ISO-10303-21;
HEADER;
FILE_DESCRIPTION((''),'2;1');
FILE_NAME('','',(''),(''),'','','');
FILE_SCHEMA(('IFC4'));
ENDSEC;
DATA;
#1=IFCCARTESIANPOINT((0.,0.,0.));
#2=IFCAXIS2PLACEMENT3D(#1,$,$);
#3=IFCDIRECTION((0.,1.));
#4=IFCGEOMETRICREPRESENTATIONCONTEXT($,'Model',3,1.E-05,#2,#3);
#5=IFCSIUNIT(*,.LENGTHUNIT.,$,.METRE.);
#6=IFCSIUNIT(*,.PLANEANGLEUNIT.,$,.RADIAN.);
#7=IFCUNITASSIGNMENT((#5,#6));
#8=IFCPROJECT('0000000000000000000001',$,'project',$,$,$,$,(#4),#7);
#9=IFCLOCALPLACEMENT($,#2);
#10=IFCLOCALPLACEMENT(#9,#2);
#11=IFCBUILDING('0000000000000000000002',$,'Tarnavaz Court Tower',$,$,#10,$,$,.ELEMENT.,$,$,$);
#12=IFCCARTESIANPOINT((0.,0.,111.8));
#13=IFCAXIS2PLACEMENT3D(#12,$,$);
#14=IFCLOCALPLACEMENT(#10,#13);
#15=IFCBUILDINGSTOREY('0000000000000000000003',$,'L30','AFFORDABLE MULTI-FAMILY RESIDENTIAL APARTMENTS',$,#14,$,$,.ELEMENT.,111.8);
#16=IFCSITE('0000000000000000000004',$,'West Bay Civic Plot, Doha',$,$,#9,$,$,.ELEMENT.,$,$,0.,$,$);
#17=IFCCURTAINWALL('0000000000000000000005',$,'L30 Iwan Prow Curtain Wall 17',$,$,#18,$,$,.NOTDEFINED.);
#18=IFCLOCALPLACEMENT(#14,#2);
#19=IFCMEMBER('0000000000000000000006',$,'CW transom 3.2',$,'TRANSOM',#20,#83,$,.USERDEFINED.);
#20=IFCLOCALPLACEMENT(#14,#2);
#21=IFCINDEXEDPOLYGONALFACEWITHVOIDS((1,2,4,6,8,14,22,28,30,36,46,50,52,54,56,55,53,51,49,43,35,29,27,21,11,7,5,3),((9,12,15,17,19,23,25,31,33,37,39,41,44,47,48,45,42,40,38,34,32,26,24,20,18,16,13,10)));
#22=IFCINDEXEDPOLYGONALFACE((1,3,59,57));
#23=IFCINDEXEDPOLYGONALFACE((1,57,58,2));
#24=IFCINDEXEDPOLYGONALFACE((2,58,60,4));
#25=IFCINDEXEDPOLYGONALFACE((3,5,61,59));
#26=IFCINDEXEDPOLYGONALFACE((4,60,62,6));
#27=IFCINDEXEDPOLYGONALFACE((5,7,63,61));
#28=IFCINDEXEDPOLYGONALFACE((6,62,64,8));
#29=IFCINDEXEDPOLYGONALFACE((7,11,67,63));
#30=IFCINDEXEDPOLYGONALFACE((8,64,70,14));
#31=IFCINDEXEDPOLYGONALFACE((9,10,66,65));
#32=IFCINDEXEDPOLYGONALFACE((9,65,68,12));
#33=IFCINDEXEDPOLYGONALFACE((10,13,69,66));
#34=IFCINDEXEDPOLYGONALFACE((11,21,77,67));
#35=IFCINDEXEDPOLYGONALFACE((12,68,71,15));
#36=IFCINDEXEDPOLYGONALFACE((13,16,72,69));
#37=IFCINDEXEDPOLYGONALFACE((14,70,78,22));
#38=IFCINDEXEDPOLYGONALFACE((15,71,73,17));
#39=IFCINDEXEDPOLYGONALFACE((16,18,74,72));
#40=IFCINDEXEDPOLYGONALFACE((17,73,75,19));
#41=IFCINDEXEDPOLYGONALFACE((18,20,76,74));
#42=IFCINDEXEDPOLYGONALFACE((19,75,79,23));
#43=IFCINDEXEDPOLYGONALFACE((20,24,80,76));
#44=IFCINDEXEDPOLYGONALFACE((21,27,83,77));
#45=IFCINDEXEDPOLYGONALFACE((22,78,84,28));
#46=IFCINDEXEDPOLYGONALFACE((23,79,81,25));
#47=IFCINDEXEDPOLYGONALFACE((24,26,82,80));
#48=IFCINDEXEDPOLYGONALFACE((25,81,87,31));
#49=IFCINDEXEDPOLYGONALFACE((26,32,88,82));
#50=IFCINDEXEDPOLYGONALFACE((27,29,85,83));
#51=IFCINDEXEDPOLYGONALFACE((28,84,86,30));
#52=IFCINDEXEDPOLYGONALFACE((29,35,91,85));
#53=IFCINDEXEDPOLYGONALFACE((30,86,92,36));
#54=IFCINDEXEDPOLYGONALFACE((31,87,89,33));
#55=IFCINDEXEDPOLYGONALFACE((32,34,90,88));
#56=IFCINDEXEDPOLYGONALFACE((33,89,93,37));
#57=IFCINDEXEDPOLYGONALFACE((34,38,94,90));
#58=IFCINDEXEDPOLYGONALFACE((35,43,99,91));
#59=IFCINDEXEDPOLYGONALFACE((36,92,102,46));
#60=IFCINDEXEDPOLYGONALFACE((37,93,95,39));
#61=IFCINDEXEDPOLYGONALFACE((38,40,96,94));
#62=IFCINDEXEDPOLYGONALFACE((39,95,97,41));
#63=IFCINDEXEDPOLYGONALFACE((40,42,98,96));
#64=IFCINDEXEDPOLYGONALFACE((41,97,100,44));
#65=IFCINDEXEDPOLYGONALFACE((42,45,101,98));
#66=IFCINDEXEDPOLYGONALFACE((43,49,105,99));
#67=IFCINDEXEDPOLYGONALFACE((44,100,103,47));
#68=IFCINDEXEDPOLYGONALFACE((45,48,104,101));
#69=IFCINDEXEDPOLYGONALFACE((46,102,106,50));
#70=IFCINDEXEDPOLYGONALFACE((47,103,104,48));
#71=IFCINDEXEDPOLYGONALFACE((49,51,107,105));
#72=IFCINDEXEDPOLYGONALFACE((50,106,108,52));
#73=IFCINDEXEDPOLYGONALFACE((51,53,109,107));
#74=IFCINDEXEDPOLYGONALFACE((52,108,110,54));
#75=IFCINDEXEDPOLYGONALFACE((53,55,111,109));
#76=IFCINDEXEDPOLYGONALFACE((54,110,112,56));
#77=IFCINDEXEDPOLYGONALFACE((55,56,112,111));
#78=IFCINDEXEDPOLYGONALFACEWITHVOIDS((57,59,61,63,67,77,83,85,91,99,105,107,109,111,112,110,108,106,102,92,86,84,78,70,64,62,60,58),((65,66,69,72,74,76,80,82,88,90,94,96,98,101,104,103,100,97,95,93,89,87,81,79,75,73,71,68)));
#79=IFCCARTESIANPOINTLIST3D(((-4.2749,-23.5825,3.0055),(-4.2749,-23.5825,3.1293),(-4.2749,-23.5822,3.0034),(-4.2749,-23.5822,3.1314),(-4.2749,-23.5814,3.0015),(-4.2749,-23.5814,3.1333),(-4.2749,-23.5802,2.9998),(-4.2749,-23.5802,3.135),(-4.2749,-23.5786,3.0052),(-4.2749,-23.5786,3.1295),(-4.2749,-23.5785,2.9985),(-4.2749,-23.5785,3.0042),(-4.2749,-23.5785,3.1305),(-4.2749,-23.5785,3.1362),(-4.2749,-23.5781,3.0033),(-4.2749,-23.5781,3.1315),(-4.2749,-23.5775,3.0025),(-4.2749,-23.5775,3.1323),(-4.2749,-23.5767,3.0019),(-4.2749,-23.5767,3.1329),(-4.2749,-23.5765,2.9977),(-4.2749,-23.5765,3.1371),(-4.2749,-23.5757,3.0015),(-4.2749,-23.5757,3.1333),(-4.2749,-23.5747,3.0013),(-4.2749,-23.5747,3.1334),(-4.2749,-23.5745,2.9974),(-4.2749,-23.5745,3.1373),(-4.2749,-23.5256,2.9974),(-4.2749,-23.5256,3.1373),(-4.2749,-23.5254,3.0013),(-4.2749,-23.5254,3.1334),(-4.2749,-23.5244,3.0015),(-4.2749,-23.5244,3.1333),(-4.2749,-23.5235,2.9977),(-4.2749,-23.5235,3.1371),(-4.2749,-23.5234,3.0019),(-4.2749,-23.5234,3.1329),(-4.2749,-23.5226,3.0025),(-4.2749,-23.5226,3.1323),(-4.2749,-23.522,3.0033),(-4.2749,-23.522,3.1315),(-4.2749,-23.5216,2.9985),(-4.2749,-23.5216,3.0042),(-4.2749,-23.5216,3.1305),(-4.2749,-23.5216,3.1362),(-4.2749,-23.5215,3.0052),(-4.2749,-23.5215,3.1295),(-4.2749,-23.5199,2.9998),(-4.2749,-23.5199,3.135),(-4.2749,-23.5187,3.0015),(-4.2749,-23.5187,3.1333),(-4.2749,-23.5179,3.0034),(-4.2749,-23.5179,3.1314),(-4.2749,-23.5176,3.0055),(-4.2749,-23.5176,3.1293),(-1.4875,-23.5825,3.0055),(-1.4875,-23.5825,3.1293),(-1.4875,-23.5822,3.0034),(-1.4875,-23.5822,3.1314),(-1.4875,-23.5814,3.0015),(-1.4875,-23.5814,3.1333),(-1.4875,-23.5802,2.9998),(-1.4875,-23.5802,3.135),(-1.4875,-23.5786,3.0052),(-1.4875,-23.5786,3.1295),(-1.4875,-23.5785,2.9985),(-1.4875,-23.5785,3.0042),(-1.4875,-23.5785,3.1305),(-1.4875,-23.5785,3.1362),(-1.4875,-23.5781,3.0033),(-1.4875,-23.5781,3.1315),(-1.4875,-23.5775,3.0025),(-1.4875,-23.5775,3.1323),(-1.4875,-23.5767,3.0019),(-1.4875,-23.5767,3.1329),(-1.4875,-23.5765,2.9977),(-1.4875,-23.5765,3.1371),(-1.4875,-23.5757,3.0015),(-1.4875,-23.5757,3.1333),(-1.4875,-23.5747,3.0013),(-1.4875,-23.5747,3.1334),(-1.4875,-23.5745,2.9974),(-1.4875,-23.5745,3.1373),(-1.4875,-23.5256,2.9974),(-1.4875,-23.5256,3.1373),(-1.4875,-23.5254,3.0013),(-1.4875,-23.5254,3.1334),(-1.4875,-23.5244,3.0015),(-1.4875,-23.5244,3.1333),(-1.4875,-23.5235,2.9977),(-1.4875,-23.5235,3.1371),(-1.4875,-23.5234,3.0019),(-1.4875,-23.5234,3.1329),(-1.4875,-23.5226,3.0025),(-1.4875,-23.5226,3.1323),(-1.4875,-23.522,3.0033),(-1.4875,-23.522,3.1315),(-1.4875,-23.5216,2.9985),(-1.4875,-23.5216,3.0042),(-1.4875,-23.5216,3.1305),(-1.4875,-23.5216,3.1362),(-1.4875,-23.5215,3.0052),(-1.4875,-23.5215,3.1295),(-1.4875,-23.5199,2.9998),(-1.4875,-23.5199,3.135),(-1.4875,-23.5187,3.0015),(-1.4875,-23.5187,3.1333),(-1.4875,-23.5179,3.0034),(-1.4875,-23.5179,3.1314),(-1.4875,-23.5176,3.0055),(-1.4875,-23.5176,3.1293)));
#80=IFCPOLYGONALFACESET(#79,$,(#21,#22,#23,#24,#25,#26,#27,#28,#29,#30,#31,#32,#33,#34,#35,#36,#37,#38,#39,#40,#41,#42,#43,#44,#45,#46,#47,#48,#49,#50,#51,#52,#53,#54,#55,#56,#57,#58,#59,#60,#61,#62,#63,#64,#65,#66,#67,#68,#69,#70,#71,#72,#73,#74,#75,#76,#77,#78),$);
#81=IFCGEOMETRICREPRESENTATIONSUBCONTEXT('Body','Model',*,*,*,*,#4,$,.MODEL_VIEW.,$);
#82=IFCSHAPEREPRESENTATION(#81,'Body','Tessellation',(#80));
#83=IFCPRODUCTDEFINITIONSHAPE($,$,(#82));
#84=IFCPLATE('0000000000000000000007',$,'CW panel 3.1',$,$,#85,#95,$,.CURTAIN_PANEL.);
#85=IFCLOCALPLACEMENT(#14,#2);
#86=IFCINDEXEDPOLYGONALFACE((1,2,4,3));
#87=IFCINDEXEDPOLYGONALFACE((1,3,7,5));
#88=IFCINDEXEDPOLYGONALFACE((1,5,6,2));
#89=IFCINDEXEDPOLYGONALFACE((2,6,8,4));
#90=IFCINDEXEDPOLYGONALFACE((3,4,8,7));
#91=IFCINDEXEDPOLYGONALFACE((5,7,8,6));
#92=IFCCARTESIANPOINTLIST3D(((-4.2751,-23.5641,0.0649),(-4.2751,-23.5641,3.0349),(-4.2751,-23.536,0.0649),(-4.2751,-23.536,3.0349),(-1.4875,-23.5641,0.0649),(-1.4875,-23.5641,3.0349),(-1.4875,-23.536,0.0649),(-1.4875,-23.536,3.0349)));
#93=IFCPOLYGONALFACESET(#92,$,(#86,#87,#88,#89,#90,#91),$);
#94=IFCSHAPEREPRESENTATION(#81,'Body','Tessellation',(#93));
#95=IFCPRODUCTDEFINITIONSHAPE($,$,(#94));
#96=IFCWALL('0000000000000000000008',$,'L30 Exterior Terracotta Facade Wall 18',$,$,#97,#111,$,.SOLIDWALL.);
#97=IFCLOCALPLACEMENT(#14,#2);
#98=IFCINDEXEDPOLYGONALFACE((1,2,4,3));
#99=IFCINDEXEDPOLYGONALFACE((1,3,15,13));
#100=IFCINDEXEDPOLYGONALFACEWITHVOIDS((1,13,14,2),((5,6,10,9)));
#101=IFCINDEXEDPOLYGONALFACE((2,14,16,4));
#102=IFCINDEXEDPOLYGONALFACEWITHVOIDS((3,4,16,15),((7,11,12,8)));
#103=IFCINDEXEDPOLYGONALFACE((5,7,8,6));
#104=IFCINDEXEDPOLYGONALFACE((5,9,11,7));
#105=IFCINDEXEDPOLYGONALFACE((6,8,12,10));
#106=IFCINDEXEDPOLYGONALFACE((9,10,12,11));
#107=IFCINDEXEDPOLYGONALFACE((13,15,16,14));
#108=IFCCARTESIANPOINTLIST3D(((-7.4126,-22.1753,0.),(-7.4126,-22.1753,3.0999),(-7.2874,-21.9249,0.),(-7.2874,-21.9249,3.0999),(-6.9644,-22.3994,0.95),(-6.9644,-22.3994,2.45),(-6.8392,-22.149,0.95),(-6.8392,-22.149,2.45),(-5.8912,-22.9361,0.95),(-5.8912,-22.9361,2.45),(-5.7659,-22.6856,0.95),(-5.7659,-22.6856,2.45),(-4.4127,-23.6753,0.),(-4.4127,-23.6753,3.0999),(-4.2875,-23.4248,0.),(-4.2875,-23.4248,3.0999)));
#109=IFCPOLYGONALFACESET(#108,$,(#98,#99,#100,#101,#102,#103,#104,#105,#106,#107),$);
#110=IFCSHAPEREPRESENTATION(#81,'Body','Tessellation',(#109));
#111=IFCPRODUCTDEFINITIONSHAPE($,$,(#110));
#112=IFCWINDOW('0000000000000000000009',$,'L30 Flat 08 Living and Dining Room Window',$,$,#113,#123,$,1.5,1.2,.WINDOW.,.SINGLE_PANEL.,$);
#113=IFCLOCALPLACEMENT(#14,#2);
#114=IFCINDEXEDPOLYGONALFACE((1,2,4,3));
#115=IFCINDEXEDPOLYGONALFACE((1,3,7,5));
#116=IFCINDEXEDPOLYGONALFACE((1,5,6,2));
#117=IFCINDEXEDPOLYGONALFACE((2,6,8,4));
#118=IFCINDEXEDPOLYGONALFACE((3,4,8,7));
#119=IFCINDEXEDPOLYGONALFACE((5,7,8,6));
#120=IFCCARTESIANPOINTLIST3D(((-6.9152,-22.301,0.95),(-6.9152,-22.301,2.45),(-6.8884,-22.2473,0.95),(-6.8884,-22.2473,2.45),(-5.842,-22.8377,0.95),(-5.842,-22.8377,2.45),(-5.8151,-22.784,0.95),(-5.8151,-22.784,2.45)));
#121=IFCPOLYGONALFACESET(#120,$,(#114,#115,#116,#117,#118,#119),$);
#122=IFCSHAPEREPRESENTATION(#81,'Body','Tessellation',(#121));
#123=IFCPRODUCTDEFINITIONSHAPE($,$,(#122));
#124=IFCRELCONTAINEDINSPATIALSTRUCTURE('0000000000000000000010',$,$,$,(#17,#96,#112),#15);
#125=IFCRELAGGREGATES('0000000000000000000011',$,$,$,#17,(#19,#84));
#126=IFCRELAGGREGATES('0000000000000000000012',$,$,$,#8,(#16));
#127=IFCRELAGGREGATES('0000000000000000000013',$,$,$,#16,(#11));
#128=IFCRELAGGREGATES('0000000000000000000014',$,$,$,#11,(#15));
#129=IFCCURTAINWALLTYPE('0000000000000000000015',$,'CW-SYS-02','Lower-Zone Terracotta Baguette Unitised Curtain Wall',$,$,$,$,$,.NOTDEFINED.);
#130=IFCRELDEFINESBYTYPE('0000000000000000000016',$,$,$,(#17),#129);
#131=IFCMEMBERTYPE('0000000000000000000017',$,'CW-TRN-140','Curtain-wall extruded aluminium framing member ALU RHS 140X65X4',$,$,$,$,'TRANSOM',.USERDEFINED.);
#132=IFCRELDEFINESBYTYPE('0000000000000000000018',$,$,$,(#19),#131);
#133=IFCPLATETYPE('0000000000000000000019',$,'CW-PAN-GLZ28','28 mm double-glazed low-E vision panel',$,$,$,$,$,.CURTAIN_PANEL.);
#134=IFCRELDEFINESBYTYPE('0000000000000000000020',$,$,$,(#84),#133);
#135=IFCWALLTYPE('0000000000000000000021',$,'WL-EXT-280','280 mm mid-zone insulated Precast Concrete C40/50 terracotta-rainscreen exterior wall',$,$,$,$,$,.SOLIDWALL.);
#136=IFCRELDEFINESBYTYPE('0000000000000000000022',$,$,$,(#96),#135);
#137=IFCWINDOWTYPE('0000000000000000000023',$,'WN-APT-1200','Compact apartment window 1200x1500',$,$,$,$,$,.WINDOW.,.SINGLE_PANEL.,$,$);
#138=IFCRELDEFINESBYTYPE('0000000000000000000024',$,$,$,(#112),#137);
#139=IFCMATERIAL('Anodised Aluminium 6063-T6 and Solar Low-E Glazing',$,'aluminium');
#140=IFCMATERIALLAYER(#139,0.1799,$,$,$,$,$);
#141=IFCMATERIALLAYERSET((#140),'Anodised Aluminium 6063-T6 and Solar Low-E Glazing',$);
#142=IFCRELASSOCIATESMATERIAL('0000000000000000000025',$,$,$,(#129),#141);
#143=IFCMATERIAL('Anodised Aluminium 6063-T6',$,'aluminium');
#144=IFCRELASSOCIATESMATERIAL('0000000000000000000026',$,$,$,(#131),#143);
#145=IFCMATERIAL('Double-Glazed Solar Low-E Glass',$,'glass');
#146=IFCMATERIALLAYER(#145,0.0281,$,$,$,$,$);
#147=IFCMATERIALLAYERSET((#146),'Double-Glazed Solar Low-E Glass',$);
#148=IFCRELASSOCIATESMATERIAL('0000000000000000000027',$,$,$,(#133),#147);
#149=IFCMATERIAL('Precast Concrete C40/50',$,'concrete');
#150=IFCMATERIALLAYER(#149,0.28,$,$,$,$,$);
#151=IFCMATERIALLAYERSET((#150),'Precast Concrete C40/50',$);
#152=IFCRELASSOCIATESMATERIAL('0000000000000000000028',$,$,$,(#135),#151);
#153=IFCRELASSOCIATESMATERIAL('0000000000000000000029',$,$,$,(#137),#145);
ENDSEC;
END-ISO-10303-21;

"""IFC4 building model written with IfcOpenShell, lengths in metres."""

from ifc_helpers import new_model, si_unit, direction, frame, frame_2d, origin, origin_2d, place, context, subcontext, project, spatial, rectangle, hollow_rectangle, extrude, material, layer, layer_set, material_profile, profile_set, type_object, element, fill, aggregate, save


model = new_model("IFC4")

# Units and contexts
model_context = context("Model", 3, precision=1e-05, world=origin(), true_north=direction((0.0, 1.0)))
body_context = subcontext(model_context, "Body", "Model", "MODEL_VIEW")
ifc_project = project(units=[si_unit("LENGTHUNIT", "METRE"), si_unit("PLANEANGLEUNIT", "RADIAN")], contexts=[model_context])

# Site, building, storey
site_placement = place(None, origin())
site = spatial("IfcSite", under=ifc_project, at=site_placement, Name="West Bay Civic Plot, Doha", CompositionType="ELEMENT", RefElevation=0.0)
building_placement = place(site_placement, origin())
building = spatial("IfcBuilding", under=site, at=building_placement, Name="Tarnavaz Court Tower", CompositionType="ELEMENT")
storey_placement = place(building_placement, frame((0.0, 0.0, 111.8)))
storey = spatial("IfcBuildingStorey", under=building, at=storey_placement, Name="L30", Description="AFFORDABLE MULTI-FAMILY RESIDENTIAL APARTMENTS", CompositionType="ELEMENT", Elevation=111.8)

# Curtain wall, member, plate
ifc_material_1 = material(Name="Anodised Aluminium 6063-T6 and Solar Low-E Glazing", Category="aluminium")
ifc_layer_1 = layer(ifc_material_1, 0.1799)
ifc_layer_set_1 = layer_set([ifc_layer_1], Name="Anodised Aluminium 6063-T6 and Solar Low-E Glazing")
curtain_wall_type = type_object("IfcCurtainWallType", Name="CW-SYS-02", Description="Lower-Zone Terracotta Baguette Unitised Curtain Wall", PredefinedType="NOTDEFINED", material=ifc_layer_set_1)
curtain_wall_placement = place(storey_placement, origin())
curtain_wall = element("IfcCurtainWall", 1, at=curtain_wall_placement, inside=storey, type_object=curtain_wall_type, Name="L30 Iwan Prow Curtain Wall 17", PredefinedType="NOTDEFINED")
ifc_material_2 = material(Name="Anodised Aluminium 6063-T6", Category="aluminium")
ifc_material_profile_1 = material_profile(ifc_material_2, hollow_rectangle(XDim=0.0649, YDim=0.1399, WallThickness=0.0039, InnerFilletRadius=0.0039, OuterFilletRadius=0.0081, at=origin_2d()), Name="ALU RHS 140X65X4")
ifc_profile_set_1 = profile_set([ifc_material_profile_1], Name="Anodised Aluminium 6063-T6")
member_type_1 = type_object("IfcMemberType", Name="CW-TRN-140", Description="Curtain-wall extruded aluminium framing member ALU RHS 140X65X4", ElementType="TRANSOM", PredefinedType="USERDEFINED", material=ifc_profile_set_1)
member_1_placement = place(storey_placement, frame((-1.4875, -23.55, 3.0674), z_axis=(-1.0, 0.0, 0.0), x_axis=(0.0, -1.0, 0.0)))
member_1 = element("IfcMember", 2, at=member_1_placement, type_object=member_type_1, Name="CW transom 3.2", ObjectType="TRANSOM", PredefinedType="USERDEFINED", context=body_context, shape_type="SweptSolid", body=[
    extrude(hollow_rectangle(XDim=0.0649, YDim=0.1399, WallThickness=0.0039, InnerFilletRadius=0.0039, OuterFilletRadius=0.0081, at=origin_2d()), origin(), (0.0, 0.0, 1.0), 2.7874),
])
ifc_material_3 = material(Name="Double-Glazed Solar Low-E Glass", Category="glass")
ifc_layer_2 = layer(ifc_material_3, 0.0281)
ifc_layer_set_2 = layer_set([ifc_layer_2], Name="Double-Glazed Solar Low-E Glass")
plate_type = type_object("IfcPlateType", Name="CW-PAN-GLZ28", Description="28 mm double-glazed low-E vision panel", PredefinedType="CURTAIN_PANEL", material=ifc_layer_set_2)
plate_placement = place(storey_placement, frame((-2.8813, -23.55, 0.0649), z_axis=(0.0, 0.0, 1.0), x_axis=(-1.0, 0.0, 0.0)))
plate = element("IfcPlate", 3, at=plate_placement, type_object=plate_type, Name="CW panel 3.1", PredefinedType="CURTAIN_PANEL", context=body_context, shape_type="SweptSolid", body=[
    extrude(rectangle(XDim=2.7876, YDim=0.0281, at=origin_2d()), origin(), (0.0, 0.0, 1.0), 2.97),
])
aggregate(curtain_wall, [member_1, plate])

# Wall, opening, window
ifc_material_4 = material(Name="Precast Concrete C40/50", Category="concrete")
ifc_layer_3 = layer(ifc_material_4, 0.28)
ifc_layer_set_3 = layer_set([ifc_layer_3], Name="Precast Concrete C40/50")
wall_type_1 = type_object("IfcWallType", Name="WL-EXT-280", Description="280 mm mid-zone insulated Precast Concrete C40/50 terracotta-rainscreen exterior wall", PredefinedType="SOLIDWALL", material=ifc_layer_set_3)
wall_1_placement = place(storey_placement, frame((-4.3501, -23.55, 0.0), z_axis=(0.0, 0.0, 1.0), x_axis=(-0.894427, 0.447214, 0.0)))
wall_1 = element("IfcWall", 4, at=wall_1_placement, inside=storey, type_object=wall_type_1, Name="L30 Exterior Terracotta Facade Wall 18", PredefinedType="SOLIDWALL", context=body_context, shape_type="SweptSolid", body=[
    extrude(rectangle(XDim=3.354, YDim=0.28, at=frame_2d((1.677, 0.0))), origin(), (0.0, 0.0, 1.0), 3.0999),
])
opening_1_placement = place(wall_1_placement, frame((1.6528, 0.0, 0.95)))
opening_1 = element("IfcOpeningElement", 5, at=opening_1_placement, cuts=wall_1, PredefinedType="OPENING", context=body_context, shape_type="SweptSolid", body=[
    extrude(rectangle(XDim=1.2, YDim=1.5, at=frame_2d((0.6001, 0.75))), frame((0.0, 0.1499, 0.0), z_axis=(0.0, -1.0, 0.0), x_axis=(1.0, 0.0, 0.0)), (0.0, 0.0, 1.0), 0.3),
])
window_type_1 = type_object("IfcWindowType", Name="WN-APT-1200", Description="Compact apartment window 1200x1500", PartitioningType="SINGLE_PANEL", PredefinedType="WINDOW", material=ifc_material_3)
window_1_placement = place(opening_1_placement, origin())
window_1 = element("IfcWindow", 6, at=window_1_placement, inside=storey, type_object=window_type_1, Name="L30 Flat 08 Living and Dining Room Window", OverallHeight=1.5, OverallWidth=1.2, PartitioningType="SINGLE_PANEL", PredefinedType="WINDOW", context=body_context, shape_type="SweptSolid", body=[
    extrude(rectangle(XDim=1.2, YDim=1.5, at=frame_2d((0.6001, 0.75))), frame((0.0, 0.03, 0.0), z_axis=(0.0, -1.0, 0.0), x_axis=(1.0, 0.0, 0.0)), (0.0, 0.0, 1.0), 0.0601),
])
fill(opening_1, window_1)

save(model, "model.ifc")
